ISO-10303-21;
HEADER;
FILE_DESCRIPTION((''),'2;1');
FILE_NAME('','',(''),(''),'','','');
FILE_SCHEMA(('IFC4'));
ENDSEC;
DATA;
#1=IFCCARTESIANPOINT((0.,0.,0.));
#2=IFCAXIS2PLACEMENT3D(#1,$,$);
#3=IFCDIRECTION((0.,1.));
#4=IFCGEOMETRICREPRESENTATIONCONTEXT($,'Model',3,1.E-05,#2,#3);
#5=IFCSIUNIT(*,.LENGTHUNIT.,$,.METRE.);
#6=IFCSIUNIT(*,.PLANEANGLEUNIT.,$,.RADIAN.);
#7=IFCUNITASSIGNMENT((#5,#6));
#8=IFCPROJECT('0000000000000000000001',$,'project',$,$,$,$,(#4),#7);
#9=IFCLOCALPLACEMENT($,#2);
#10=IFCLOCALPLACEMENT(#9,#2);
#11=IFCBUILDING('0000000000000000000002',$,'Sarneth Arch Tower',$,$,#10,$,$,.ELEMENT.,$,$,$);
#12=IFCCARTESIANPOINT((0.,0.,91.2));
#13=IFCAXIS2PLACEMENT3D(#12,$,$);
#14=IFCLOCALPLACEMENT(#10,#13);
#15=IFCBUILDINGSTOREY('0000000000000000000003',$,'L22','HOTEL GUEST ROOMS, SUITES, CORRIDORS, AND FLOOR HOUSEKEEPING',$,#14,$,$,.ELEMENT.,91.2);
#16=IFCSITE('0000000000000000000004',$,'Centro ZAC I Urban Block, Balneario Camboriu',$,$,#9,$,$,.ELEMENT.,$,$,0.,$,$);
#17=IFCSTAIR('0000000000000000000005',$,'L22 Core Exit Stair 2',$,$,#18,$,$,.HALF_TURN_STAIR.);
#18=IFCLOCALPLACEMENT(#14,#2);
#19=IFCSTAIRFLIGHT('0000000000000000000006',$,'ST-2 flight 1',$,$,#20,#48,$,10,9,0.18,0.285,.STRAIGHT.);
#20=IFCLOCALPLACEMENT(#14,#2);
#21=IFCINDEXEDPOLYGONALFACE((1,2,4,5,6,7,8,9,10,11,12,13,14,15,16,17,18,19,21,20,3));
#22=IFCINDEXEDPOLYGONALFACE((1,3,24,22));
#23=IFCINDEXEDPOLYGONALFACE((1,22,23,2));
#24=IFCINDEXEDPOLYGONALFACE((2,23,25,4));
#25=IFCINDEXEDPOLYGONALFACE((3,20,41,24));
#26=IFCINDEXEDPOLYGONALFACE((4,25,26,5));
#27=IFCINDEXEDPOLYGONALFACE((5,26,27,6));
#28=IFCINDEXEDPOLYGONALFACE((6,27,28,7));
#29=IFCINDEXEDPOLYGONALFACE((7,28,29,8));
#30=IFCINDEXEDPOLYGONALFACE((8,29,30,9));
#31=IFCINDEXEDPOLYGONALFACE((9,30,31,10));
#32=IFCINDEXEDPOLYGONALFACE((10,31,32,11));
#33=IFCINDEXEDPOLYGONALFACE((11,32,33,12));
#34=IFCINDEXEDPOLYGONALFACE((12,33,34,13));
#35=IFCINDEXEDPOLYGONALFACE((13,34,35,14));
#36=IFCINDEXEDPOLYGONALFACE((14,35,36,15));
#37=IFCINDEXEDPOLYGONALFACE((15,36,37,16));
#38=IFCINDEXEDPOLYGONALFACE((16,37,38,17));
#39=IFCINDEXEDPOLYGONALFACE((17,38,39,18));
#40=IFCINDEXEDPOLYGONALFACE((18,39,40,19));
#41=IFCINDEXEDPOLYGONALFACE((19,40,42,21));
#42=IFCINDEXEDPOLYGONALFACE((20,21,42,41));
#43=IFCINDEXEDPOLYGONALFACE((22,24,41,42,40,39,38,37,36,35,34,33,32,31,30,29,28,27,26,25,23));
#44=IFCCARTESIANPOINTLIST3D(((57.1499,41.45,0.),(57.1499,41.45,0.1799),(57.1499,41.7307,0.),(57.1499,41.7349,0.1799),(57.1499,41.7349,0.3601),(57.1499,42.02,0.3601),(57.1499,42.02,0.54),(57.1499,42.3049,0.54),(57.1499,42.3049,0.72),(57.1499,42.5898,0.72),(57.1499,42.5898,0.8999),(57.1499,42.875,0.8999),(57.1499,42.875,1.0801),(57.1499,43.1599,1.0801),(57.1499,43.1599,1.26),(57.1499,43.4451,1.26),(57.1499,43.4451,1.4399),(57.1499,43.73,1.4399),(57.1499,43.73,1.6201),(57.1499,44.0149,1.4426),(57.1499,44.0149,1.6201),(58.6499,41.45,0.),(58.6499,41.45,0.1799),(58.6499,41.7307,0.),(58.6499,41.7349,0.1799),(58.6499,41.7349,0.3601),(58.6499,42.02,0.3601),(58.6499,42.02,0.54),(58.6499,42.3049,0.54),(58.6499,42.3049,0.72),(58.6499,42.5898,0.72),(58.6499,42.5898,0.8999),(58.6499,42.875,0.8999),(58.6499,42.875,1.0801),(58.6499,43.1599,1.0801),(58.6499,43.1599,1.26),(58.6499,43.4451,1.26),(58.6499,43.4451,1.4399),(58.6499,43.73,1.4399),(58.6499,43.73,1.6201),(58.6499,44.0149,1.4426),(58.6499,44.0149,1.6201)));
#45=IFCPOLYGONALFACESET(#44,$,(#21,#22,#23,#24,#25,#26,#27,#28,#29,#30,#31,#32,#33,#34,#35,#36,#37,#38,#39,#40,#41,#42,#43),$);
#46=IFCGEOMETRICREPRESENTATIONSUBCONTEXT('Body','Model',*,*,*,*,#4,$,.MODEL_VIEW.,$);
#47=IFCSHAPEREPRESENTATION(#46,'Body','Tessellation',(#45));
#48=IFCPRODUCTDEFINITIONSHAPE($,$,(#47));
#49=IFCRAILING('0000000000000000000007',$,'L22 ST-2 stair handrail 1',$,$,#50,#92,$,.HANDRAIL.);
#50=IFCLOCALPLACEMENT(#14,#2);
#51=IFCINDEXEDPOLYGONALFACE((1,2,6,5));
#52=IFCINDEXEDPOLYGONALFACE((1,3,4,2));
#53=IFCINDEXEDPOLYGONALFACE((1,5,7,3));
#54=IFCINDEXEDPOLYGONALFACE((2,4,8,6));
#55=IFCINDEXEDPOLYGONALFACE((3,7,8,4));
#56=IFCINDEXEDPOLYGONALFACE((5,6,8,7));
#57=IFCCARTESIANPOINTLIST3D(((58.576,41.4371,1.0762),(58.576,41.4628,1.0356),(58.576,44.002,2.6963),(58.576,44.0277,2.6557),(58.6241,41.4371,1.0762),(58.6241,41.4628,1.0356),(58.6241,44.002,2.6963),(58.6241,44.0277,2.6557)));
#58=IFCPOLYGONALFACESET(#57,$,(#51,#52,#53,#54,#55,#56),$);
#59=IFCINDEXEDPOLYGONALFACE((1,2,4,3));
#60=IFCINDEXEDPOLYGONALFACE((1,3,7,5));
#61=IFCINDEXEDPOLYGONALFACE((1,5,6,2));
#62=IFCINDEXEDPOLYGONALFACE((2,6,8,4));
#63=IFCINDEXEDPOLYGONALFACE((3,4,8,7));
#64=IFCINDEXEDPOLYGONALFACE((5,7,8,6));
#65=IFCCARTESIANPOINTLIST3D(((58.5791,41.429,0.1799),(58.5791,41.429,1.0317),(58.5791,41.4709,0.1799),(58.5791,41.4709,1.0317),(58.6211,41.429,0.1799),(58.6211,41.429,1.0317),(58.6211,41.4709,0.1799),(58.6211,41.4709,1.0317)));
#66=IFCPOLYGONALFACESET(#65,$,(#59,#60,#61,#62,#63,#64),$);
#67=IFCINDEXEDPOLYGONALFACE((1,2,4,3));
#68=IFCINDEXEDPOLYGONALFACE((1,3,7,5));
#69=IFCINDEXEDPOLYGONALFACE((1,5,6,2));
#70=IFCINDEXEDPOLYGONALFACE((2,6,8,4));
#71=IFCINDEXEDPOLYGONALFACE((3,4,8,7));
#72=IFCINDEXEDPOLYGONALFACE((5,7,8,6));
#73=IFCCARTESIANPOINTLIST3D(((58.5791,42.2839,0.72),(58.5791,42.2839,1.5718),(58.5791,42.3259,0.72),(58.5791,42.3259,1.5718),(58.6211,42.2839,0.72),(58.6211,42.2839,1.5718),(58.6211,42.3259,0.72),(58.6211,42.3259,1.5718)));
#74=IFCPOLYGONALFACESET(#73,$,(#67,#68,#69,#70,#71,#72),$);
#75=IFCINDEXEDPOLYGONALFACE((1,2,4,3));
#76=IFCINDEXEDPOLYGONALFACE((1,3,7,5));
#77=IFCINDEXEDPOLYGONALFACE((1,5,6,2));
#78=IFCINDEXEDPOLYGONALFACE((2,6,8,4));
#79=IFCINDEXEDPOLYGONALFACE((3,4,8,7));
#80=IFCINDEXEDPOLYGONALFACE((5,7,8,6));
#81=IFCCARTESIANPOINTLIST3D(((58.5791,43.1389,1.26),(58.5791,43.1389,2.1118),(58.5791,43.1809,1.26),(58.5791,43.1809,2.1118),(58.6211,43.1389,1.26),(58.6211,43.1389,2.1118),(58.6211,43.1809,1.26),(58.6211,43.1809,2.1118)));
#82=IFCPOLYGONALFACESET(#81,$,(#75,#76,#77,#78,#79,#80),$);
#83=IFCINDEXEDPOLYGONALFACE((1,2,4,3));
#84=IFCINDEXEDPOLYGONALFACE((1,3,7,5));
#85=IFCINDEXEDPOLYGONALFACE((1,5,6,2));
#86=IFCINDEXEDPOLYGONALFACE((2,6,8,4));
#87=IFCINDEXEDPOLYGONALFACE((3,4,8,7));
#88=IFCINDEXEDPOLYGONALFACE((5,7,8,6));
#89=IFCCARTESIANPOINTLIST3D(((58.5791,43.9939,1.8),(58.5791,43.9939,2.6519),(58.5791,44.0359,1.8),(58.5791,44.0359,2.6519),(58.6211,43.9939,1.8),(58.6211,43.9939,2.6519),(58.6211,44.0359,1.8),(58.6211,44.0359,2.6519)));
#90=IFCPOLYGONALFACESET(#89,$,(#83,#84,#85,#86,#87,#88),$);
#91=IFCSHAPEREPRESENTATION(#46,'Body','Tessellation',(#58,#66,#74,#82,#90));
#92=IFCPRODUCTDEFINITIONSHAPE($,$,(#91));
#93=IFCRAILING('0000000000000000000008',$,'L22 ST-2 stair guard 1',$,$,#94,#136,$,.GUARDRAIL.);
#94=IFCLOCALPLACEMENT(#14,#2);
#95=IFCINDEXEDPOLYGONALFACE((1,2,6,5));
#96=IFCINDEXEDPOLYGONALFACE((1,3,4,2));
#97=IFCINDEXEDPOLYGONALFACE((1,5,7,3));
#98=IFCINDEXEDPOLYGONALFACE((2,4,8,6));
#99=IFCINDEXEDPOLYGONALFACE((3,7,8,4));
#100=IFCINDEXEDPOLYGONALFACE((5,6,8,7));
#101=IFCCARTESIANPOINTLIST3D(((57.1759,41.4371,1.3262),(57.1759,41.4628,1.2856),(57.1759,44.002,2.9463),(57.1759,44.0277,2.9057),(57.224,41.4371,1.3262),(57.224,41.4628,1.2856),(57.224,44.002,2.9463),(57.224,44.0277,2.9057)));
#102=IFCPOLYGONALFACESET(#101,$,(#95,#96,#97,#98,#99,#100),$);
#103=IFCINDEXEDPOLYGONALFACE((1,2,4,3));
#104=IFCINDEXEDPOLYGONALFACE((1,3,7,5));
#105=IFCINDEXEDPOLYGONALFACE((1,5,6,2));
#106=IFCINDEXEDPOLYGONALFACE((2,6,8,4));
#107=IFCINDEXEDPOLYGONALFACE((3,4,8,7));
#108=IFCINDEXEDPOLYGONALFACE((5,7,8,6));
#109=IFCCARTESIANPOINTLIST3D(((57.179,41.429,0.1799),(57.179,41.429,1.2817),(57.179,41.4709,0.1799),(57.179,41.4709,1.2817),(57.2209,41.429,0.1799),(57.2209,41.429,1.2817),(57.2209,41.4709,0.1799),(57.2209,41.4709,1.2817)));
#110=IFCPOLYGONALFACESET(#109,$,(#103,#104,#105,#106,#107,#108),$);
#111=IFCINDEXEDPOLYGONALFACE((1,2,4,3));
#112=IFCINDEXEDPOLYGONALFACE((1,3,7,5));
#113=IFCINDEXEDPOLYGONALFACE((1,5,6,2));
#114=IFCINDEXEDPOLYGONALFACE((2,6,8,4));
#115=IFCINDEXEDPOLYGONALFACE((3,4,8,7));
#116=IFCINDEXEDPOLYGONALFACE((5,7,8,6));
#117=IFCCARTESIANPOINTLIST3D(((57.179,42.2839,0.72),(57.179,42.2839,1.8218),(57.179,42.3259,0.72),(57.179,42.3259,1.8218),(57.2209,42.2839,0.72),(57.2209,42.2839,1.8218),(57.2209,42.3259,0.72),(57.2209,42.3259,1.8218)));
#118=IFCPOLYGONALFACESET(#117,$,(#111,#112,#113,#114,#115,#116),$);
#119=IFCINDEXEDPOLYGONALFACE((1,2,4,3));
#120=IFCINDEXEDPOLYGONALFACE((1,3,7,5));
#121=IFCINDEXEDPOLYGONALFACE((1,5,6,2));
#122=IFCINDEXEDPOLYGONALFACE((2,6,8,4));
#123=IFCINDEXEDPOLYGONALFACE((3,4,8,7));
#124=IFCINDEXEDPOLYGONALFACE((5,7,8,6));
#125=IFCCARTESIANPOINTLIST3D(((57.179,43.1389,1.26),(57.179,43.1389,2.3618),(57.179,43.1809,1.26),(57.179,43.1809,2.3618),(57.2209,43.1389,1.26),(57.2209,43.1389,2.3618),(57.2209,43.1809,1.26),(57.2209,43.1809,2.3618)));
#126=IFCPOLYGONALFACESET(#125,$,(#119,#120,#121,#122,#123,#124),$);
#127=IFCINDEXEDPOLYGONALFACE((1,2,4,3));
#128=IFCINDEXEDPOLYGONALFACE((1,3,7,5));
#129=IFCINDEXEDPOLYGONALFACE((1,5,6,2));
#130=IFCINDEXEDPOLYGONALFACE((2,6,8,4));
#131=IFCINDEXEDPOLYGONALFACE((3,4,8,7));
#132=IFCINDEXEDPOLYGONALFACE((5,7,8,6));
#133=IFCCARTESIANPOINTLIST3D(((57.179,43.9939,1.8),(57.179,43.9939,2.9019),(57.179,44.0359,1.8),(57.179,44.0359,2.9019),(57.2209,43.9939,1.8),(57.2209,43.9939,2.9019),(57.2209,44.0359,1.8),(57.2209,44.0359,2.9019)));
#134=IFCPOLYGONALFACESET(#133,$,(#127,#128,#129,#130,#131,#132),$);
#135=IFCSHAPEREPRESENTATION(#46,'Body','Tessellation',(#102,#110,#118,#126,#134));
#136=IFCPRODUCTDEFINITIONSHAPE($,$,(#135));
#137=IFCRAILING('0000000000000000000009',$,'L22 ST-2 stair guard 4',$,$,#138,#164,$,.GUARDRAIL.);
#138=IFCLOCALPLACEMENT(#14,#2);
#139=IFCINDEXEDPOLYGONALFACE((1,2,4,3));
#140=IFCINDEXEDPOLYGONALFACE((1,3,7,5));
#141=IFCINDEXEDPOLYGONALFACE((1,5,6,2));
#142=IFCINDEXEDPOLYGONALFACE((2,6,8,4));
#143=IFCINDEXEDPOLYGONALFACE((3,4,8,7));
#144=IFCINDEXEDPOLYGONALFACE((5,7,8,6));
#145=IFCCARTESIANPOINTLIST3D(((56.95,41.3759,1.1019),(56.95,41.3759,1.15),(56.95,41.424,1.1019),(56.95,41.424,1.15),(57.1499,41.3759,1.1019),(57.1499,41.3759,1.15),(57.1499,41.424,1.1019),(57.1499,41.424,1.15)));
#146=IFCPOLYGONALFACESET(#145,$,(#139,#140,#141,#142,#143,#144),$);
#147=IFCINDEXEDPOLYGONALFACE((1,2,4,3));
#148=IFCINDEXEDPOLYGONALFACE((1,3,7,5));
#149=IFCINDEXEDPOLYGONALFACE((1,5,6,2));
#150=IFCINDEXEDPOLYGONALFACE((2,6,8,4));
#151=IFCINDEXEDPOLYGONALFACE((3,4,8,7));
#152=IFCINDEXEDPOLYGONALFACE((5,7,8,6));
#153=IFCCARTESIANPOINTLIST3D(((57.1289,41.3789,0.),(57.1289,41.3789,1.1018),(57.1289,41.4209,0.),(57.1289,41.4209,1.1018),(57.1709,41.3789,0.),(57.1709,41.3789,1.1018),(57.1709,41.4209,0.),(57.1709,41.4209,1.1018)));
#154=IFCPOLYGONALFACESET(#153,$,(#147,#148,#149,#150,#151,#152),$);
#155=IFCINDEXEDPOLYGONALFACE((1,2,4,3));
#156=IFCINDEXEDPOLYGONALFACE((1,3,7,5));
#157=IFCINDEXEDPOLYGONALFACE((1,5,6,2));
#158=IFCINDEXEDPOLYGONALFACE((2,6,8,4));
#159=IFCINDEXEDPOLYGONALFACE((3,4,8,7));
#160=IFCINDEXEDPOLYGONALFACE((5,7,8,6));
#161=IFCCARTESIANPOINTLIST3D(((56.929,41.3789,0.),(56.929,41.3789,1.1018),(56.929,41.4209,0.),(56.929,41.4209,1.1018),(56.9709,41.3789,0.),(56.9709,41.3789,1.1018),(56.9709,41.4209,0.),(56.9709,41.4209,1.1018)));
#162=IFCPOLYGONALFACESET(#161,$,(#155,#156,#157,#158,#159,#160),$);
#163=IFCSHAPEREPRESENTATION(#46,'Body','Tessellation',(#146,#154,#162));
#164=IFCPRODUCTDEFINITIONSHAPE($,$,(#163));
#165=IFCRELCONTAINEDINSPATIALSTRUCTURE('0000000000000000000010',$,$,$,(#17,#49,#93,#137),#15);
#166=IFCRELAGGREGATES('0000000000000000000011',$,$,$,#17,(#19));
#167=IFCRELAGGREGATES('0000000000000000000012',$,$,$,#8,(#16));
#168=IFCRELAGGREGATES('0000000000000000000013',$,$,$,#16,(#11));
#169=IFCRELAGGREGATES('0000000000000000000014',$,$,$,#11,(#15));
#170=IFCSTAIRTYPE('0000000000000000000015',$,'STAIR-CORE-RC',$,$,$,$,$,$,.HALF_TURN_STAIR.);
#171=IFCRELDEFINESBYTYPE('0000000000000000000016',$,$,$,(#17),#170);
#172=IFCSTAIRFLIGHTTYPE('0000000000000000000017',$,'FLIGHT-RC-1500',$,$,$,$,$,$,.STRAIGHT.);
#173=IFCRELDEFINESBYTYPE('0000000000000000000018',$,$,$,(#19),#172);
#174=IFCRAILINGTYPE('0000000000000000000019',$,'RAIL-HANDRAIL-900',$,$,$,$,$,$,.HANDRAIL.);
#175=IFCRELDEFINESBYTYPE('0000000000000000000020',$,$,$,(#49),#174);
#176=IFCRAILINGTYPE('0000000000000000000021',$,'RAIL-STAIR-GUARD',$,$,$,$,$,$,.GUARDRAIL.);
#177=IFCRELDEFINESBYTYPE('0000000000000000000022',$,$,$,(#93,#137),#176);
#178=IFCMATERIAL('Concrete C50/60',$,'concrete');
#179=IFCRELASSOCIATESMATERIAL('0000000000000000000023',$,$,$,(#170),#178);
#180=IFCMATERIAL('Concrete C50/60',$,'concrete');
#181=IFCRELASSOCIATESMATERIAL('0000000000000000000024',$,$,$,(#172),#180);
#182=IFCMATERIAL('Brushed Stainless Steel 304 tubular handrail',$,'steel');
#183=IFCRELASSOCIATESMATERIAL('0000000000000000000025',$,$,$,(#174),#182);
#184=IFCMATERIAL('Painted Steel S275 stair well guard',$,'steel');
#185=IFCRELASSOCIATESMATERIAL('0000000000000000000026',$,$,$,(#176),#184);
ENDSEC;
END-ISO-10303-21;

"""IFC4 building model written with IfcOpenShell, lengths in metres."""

from ifc_helpers import new_model, si_unit, direction, frame, origin, origin_2d, place, context, subcontext, project, spatial, polyline, rectangle, outline, extrude, material, type_object, element, aggregate, save


model = new_model("IFC4")

# Units and contexts
model_context = context("Model", 3, precision=1e-05, world=origin(), true_north=direction((0.0, 1.0)))
body_context = subcontext(model_context, "Body", "Model", "MODEL_VIEW")
ifc_project = project(units=[si_unit("LENGTHUNIT", "METRE"), si_unit("PLANEANGLEUNIT", "RADIAN")], contexts=[model_context])

# Site, building, storey
site_placement = place(None, origin())
site = spatial("IfcSite", under=ifc_project, at=site_placement, Name="Centro ZAC I Urban Block, Balneario Camboriu", CompositionType="ELEMENT", RefElevation=0.0)
building_placement = place(site_placement, origin())
building = spatial("IfcBuilding", under=site, at=building_placement, Name="Sarneth Arch Tower", CompositionType="ELEMENT")
storey_placement = place(building_placement, frame((0.0, 0.0, 91.2)))
storey = spatial("IfcBuildingStorey", under=building, at=storey_placement, Name="L22", Description="HOTEL GUEST ROOMS, SUITES, CORRIDORS, AND FLOOR HOUSEKEEPING", CompositionType="ELEMENT", Elevation=91.2)

# Stair, stair flight
ifc_material_1 = material(Name="Concrete C50/60", Category="concrete")
stair_type = type_object("IfcStairType", Name="STAIR-CORE-RC", PredefinedType="HALF_TURN_STAIR", material=ifc_material_1)
stair_placement = place(storey_placement, origin())
stair = element("IfcStair", 1, at=stair_placement, inside=storey, type_object=stair_type, Name="L22 Core Exit Stair 2", PredefinedType="HALF_TURN_STAIR")
ifc_material_2 = material(Name="Concrete C50/60", Category="concrete")
stair_flight_type = type_object("IfcStairFlightType", Name="FLIGHT-RC-1500", PredefinedType="STRAIGHT", material=ifc_material_2)
stair_flight_placement = place(storey_placement, frame((57.8999, 41.45, 0.0), z_axis=(0.0, 0.0, 1.0), x_axis=(0.0, 1.0, 0.0)))
stair_flight = element("IfcStairFlight", 2, at=stair_flight_placement, type_object=stair_flight_type, Name="ST-2 flight 1", NumberOfRisers=10, NumberOfTreads=9, PredefinedType="STRAIGHT", RiserHeight=0.18, TreadLength=0.285, context=body_context, shape_type="SweptSolid", body=[
    extrude(outline(polyline([(0.0, 0.0), (0.0, 0.1799), (0.2849, 0.1799), (0.2849, 0.3601), (0.5701, 0.3601), (0.5701, 0.54), (0.855, 0.54), (0.855, 0.72), (1.1399, 0.72), (1.1399, 0.8999), (1.425, 0.8999), (1.425, 1.0801), (1.71, 1.0801), (1.71, 1.26), (1.9951, 1.26), (1.9951, 1.4399), (2.28, 1.4399), (2.28, 1.6201), (2.5649, 1.6201), (2.5649, 1.8), (2.5649, 1.4426), (0.2808, 0.0), (0.0, 0.0)])), frame((0.0, 0.75, 0.0), z_axis=(0.0, -1.0, 0.0), x_axis=(1.0, 0.0, 0.0)), (0.0, 0.0, 1.0), 1.5),
])
aggregate(stair, [stair_flight])

# Railings
ifc_material_3 = material(Name="Brushed Stainless Steel 304 tubular handrail", Category="steel")
railing_type_1 = type_object("IfcRailingType", Name="RAIL-HANDRAIL-900", PredefinedType="HANDRAIL", material=ifc_material_3)
railing_1_placement = place(storey_placement, frame((58.6001, 41.45, 0.1799)))
element("IfcRailing", 3, at=railing_1_placement, inside=storey, type_object=railing_type_1, Name="L22 ST-2 stair handrail 1", PredefinedType="HANDRAIL", context=body_context, shape_type="SweptSolid", body=[
    extrude(rectangle(XDim=0.0481, YDim=0.0481, at=origin_2d()), frame((0.0, 0.0, 0.876), z_axis=(0.0, 0.845466, 0.534029), x_axis=(-1.0, 0.0, 0.0)), (0.0, 0.0, 1.0), 3.0337),
    extrude(rectangle(XDim=0.042, YDim=0.042, at=origin_2d()), origin(), (0.0, 0.0, 1.0), 0.8518),
    extrude(rectangle(XDim=0.042, YDim=0.042, at=origin_2d()), frame((0.0, 0.855, 0.54)), (0.0, 0.0, 1.0), 0.8518),
    extrude(rectangle(XDim=0.042, YDim=0.042, at=origin_2d()), frame((0.0, 1.71, 1.0801)), (0.0, 0.0, 1.0), 0.8518),
    extrude(rectangle(XDim=0.042, YDim=0.042, at=origin_2d()), frame((0.0, 2.5649, 1.6201)), (0.0, 0.0, 1.0), 0.8518),
])
ifc_material_4 = material(Name="Painted Steel S275 stair well guard", Category="steel")
railing_type_2 = type_object("IfcRailingType", Name="RAIL-STAIR-GUARD", PredefinedType="GUARDRAIL", material=ifc_material_4)
railing_2_placement = place(storey_placement, frame((57.2, 41.45, 0.1799)))
element("IfcRailing", 4, at=railing_2_placement, inside=storey, type_object=railing_type_2, Name="L22 ST-2 stair guard 1", PredefinedType="GUARDRAIL", context=body_context, shape_type="SweptSolid", body=[
    extrude(rectangle(XDim=0.0481, YDim=0.0481, at=origin_2d()), frame((0.0, 0.0, 1.126), z_axis=(0.0, 0.845466, 0.534029), x_axis=(-1.0, 0.0, 0.0)), (0.0, 0.0, 1.0), 3.0337),
    extrude(rectangle(XDim=0.042, YDim=0.042, at=origin_2d()), origin(), (0.0, 0.0, 1.0), 1.1018),
    extrude(rectangle(XDim=0.042, YDim=0.042, at=origin_2d()), frame((0.0, 0.855, 0.54)), (0.0, 0.0, 1.0), 1.1018),
    extrude(rectangle(XDim=0.042, YDim=0.042, at=origin_2d()), frame((0.0, 1.71, 1.0801)), (0.0, 0.0, 1.0), 1.1018),
    extrude(rectangle(XDim=0.042, YDim=0.042, at=origin_2d()), frame((0.0, 2.5649, 1.6201)), (0.0, 0.0, 1.0), 1.1018),
])
railing_3_placement = place(storey_placement, frame((57.1499, 41.3999, 0.0)))
element("IfcRailing", 5, at=railing_3_placement, inside=storey, type_object=railing_type_2, Name="L22 ST-2 stair guard 4", PredefinedType="GUARDRAIL", context=body_context, shape_type="SweptSolid", body=[
    extrude(rectangle(XDim=0.0481, YDim=0.0481, at=origin_2d()), frame((0.0, 0.0, 1.126), z_axis=(-1.0, 0.0, 0.0), x_axis=(0.0, -1.0, 0.0)), (0.0, 0.0, 1.0), 0.2),
    extrude(rectangle(XDim=0.042, YDim=0.042, at=origin_2d()), origin(), (0.0, 0.0, 1.0), 1.1018),
    extrude(rectangle(XDim=0.042, YDim=0.042, at=origin_2d()), frame((-0.2, 0.0, 0.0)), (0.0, 0.0, 1.0), 1.1018),
])

save(model, "model.ifc")
